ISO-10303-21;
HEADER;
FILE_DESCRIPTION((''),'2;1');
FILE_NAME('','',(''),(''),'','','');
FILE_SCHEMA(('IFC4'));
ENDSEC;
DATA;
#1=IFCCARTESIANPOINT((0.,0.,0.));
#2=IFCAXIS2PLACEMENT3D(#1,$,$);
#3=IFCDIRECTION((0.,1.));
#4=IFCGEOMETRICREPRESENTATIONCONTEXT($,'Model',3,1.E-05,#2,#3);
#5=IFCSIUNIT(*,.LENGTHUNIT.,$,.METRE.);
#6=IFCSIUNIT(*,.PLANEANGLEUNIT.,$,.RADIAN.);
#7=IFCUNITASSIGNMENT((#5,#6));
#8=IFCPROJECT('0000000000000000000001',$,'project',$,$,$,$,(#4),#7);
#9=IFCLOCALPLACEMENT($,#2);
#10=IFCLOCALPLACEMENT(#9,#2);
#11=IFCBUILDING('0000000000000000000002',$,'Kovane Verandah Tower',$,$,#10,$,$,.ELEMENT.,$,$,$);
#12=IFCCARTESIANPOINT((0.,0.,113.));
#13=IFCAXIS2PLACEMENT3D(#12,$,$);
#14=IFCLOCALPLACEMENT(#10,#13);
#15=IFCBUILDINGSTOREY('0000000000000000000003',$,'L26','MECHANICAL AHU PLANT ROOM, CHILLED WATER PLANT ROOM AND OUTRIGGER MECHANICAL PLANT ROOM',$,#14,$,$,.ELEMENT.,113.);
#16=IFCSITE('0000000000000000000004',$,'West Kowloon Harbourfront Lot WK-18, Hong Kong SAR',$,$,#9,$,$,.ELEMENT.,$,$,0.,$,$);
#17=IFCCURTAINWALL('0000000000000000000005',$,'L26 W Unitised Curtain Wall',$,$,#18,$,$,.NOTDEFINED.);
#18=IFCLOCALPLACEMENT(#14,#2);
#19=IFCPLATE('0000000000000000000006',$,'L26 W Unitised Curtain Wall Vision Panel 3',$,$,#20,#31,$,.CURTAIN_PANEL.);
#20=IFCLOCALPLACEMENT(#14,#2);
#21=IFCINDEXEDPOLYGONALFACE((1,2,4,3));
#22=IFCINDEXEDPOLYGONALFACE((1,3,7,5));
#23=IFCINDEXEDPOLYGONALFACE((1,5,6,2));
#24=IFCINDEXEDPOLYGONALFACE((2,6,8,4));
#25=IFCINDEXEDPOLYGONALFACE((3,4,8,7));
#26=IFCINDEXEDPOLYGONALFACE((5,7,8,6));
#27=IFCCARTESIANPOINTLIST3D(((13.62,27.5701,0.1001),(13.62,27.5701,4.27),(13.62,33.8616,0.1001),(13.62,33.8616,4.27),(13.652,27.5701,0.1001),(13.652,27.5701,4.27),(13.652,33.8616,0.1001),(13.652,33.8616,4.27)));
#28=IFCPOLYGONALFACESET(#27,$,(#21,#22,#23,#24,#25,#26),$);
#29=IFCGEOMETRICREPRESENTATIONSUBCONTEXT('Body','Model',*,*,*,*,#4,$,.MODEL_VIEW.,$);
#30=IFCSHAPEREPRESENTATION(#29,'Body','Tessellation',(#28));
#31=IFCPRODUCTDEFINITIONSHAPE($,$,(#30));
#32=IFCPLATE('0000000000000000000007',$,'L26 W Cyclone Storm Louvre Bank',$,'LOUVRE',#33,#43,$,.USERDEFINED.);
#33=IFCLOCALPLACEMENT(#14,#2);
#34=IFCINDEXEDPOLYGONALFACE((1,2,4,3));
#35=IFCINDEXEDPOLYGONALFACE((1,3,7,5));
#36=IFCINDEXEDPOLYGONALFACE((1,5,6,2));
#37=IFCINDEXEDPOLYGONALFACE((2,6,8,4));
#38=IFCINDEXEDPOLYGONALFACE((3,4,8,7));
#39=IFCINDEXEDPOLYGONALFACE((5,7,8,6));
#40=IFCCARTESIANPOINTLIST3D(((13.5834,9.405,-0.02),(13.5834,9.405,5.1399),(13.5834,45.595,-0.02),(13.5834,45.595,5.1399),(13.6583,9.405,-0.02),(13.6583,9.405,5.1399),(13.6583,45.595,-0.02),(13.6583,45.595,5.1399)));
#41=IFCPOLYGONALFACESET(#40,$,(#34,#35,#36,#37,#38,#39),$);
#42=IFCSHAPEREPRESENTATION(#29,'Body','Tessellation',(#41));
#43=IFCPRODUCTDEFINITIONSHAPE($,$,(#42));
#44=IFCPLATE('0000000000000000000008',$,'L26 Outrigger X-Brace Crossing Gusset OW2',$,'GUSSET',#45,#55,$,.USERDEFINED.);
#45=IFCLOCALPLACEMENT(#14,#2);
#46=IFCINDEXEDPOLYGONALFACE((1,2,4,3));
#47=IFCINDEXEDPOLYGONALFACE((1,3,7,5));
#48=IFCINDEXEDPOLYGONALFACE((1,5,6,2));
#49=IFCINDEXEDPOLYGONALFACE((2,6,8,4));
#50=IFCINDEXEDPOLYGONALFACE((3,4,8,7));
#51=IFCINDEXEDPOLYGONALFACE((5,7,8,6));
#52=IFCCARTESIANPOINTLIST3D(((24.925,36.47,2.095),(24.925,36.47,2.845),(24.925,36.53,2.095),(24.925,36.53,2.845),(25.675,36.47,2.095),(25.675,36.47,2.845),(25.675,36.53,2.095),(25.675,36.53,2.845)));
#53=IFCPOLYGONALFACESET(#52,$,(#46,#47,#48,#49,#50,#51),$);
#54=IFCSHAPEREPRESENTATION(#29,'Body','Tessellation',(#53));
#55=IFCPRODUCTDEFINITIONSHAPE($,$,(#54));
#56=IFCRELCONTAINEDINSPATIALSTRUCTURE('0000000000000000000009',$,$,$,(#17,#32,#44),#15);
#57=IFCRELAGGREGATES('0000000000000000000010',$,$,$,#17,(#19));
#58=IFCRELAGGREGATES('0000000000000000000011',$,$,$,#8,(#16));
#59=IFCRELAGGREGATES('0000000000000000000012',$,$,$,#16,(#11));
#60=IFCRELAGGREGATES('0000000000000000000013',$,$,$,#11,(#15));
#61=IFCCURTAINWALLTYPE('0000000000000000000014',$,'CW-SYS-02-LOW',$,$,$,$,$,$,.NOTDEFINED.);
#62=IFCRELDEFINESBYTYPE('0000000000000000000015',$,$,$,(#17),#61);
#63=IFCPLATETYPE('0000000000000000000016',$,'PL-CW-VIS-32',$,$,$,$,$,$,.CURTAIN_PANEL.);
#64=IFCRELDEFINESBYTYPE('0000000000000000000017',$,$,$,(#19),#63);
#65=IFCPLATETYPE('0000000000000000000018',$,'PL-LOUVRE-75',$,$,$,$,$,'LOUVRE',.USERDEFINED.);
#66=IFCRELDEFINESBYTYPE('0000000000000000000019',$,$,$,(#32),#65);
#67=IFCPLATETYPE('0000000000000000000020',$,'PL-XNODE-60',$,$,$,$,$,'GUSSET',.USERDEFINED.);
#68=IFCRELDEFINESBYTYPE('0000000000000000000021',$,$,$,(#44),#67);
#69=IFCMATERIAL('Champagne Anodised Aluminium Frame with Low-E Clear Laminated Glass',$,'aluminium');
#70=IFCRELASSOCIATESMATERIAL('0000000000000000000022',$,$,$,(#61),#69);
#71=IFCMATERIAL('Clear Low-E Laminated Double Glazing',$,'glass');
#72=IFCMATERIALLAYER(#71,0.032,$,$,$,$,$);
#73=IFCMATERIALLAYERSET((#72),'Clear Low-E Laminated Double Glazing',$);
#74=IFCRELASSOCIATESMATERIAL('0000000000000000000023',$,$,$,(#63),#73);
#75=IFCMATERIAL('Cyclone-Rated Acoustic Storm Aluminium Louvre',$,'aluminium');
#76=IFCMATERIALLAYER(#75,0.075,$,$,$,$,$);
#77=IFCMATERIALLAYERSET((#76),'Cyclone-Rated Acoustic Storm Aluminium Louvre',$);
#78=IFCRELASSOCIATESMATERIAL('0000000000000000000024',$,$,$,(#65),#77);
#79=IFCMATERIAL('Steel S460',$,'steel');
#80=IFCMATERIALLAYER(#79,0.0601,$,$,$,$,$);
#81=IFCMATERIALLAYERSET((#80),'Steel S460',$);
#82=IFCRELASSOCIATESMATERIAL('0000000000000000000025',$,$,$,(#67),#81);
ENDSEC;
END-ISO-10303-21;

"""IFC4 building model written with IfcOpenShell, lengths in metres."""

from ifc_helpers import new_model, si_unit, direction, frame, origin, origin_2d, place, context, subcontext, project, spatial, rectangle, extrude, material, layer, layer_set, type_object, element, aggregate, save


model = new_model("IFC4")

# Units and contexts
model_context = context("Model", 3, precision=1e-05, world=origin(), true_north=direction((0.0, 1.0)))
body_context = subcontext(model_context, "Body", "Model", "MODEL_VIEW")
ifc_project = project(units=[si_unit("LENGTHUNIT", "METRE"), si_unit("PLANEANGLEUNIT", "RADIAN")], contexts=[model_context])

# Site, building, storey
site_placement = place(None, origin())
site = spatial("IfcSite", under=ifc_project, at=site_placement, Name="West Kowloon Harbourfront Lot WK-18, Hong Kong SAR", CompositionType="ELEMENT", RefElevation=0.0)
building_placement = place(site_placement, origin())
building = spatial("IfcBuilding", under=site, at=building_placement, Name="Kovane Verandah Tower", CompositionType="ELEMENT")
storey_placement = place(building_placement, frame((0.0, 0.0, 113.0)))
storey = spatial("IfcBuildingStorey", under=building, at=storey_placement, Name="L26", Description="MECHANICAL AHU PLANT ROOM, CHILLED WATER PLANT ROOM AND OUTRIGGER MECHANICAL PLANT ROOM", CompositionType="ELEMENT", Elevation=113.0)

# Shared definitions
ifc_material_1 = material(Name="Steel S460", Category="steel")

# Curtain wall
ifc_material_2 = material(Name="Champagne Anodised Aluminium Frame with Low-E Clear Laminated Glass", Category="aluminium")
curtain_wall_type = type_object("IfcCurtainWallType", Name="CW-SYS-02-LOW", PredefinedType="NOTDEFINED", material=ifc_material_2)
curtain_wall_placement = place(storey_placement, origin())
curtain_wall = element("IfcCurtainWall", 1, at=curtain_wall_placement, inside=storey, type_object=curtain_wall_type, Name="L26 W Unitised Curtain Wall", PredefinedType="NOTDEFINED")

# Plate
ifc_material_3 = material(Name="Clear Low-E Laminated Double Glazing", Category="glass")
ifc_layer_1 = layer(ifc_material_3, 0.032)
ifc_layer_set_1 = layer_set([ifc_layer_1], Name="Clear Low-E Laminated Double Glazing")
plate_type_1 = type_object("IfcPlateType", Name="PL-CW-VIS-32", PredefinedType="CURTAIN_PANEL", material=ifc_layer_set_1)
plate_1_placement = place(storey_placement, frame((13.636, 30.7158, 0.1001), z_axis=(0.0, 0.0, 1.0), x_axis=(0.0, -1.0, 0.0)))
plate_1 = element("IfcPlate", 2, at=plate_1_placement, type_object=plate_type_1, Name="L26 W Unitised Curtain Wall Vision Panel 3", PredefinedType="CURTAIN_PANEL", context=body_context, shape_type="SweptSolid", body=[
    extrude(rectangle(XDim=6.2915, YDim=0.032, at=origin_2d()), origin(), (0.0, 0.0, 1.0), 4.1699),
])
aggregate(curtain_wall, [plate_1])

# Plates
ifc_material_4 = material(Name="Cyclone-Rated Acoustic Storm Aluminium Louvre", Category="aluminium")
ifc_layer_2 = layer(ifc_material_4, 0.075)
ifc_layer_set_2 = layer_set([ifc_layer_2], Name="Cyclone-Rated Acoustic Storm Aluminium Louvre")
plate_type_2 = type_object("IfcPlateType", Name="PL-LOUVRE-75", ElementType="LOUVRE", PredefinedType="USERDEFINED", material=ifc_layer_set_2)
plate_2_placement = place(storey_placement, frame((13.6208, 27.5, -0.02), z_axis=(0.0, 0.0, 1.0), x_axis=(0.0, -1.0, 0.0)))
element("IfcPlate", 3, at=plate_2_placement, inside=storey, type_object=plate_type_2, Name="L26 W Cyclone Storm Louvre Bank", ObjectType="LOUVRE", PredefinedType="USERDEFINED", context=body_context, shape_type="SweptSolid", body=[
    extrude(rectangle(XDim=36.1899, YDim=0.075, at=origin_2d()), origin(), (0.0, 0.0, 1.0), 5.1599),
])
ifc_layer_3 = layer(ifc_material_1, 0.0601)
ifc_layer_set_3 = layer_set([ifc_layer_3], Name="Steel S460")
plate_type_3 = type_object("IfcPlateType", Name="PL-XNODE-60", ElementType="GUSSET", PredefinedType="USERDEFINED", material=ifc_layer_set_3)
plate_3_placement = place(storey_placement, frame((25.3, 36.5, 2.095), z_axis=(0.0, 0.0, 1.0), x_axis=(-1.0, 0.0, 0.0)))
element("IfcPlate", 4, at=plate_3_placement, inside=storey, type_object=plate_type_3, Name="L26 Outrigger X-Brace Crossing Gusset OW2", ObjectType="GUSSET", PredefinedType="USERDEFINED", context=body_context, shape_type="SweptSolid", body=[
    extrude(rectangle(XDim=0.75, YDim=0.0601, at=origin_2d()), origin(), (0.0, 0.0, 1.0), 0.75),
])

save(model, "model.ifc")
